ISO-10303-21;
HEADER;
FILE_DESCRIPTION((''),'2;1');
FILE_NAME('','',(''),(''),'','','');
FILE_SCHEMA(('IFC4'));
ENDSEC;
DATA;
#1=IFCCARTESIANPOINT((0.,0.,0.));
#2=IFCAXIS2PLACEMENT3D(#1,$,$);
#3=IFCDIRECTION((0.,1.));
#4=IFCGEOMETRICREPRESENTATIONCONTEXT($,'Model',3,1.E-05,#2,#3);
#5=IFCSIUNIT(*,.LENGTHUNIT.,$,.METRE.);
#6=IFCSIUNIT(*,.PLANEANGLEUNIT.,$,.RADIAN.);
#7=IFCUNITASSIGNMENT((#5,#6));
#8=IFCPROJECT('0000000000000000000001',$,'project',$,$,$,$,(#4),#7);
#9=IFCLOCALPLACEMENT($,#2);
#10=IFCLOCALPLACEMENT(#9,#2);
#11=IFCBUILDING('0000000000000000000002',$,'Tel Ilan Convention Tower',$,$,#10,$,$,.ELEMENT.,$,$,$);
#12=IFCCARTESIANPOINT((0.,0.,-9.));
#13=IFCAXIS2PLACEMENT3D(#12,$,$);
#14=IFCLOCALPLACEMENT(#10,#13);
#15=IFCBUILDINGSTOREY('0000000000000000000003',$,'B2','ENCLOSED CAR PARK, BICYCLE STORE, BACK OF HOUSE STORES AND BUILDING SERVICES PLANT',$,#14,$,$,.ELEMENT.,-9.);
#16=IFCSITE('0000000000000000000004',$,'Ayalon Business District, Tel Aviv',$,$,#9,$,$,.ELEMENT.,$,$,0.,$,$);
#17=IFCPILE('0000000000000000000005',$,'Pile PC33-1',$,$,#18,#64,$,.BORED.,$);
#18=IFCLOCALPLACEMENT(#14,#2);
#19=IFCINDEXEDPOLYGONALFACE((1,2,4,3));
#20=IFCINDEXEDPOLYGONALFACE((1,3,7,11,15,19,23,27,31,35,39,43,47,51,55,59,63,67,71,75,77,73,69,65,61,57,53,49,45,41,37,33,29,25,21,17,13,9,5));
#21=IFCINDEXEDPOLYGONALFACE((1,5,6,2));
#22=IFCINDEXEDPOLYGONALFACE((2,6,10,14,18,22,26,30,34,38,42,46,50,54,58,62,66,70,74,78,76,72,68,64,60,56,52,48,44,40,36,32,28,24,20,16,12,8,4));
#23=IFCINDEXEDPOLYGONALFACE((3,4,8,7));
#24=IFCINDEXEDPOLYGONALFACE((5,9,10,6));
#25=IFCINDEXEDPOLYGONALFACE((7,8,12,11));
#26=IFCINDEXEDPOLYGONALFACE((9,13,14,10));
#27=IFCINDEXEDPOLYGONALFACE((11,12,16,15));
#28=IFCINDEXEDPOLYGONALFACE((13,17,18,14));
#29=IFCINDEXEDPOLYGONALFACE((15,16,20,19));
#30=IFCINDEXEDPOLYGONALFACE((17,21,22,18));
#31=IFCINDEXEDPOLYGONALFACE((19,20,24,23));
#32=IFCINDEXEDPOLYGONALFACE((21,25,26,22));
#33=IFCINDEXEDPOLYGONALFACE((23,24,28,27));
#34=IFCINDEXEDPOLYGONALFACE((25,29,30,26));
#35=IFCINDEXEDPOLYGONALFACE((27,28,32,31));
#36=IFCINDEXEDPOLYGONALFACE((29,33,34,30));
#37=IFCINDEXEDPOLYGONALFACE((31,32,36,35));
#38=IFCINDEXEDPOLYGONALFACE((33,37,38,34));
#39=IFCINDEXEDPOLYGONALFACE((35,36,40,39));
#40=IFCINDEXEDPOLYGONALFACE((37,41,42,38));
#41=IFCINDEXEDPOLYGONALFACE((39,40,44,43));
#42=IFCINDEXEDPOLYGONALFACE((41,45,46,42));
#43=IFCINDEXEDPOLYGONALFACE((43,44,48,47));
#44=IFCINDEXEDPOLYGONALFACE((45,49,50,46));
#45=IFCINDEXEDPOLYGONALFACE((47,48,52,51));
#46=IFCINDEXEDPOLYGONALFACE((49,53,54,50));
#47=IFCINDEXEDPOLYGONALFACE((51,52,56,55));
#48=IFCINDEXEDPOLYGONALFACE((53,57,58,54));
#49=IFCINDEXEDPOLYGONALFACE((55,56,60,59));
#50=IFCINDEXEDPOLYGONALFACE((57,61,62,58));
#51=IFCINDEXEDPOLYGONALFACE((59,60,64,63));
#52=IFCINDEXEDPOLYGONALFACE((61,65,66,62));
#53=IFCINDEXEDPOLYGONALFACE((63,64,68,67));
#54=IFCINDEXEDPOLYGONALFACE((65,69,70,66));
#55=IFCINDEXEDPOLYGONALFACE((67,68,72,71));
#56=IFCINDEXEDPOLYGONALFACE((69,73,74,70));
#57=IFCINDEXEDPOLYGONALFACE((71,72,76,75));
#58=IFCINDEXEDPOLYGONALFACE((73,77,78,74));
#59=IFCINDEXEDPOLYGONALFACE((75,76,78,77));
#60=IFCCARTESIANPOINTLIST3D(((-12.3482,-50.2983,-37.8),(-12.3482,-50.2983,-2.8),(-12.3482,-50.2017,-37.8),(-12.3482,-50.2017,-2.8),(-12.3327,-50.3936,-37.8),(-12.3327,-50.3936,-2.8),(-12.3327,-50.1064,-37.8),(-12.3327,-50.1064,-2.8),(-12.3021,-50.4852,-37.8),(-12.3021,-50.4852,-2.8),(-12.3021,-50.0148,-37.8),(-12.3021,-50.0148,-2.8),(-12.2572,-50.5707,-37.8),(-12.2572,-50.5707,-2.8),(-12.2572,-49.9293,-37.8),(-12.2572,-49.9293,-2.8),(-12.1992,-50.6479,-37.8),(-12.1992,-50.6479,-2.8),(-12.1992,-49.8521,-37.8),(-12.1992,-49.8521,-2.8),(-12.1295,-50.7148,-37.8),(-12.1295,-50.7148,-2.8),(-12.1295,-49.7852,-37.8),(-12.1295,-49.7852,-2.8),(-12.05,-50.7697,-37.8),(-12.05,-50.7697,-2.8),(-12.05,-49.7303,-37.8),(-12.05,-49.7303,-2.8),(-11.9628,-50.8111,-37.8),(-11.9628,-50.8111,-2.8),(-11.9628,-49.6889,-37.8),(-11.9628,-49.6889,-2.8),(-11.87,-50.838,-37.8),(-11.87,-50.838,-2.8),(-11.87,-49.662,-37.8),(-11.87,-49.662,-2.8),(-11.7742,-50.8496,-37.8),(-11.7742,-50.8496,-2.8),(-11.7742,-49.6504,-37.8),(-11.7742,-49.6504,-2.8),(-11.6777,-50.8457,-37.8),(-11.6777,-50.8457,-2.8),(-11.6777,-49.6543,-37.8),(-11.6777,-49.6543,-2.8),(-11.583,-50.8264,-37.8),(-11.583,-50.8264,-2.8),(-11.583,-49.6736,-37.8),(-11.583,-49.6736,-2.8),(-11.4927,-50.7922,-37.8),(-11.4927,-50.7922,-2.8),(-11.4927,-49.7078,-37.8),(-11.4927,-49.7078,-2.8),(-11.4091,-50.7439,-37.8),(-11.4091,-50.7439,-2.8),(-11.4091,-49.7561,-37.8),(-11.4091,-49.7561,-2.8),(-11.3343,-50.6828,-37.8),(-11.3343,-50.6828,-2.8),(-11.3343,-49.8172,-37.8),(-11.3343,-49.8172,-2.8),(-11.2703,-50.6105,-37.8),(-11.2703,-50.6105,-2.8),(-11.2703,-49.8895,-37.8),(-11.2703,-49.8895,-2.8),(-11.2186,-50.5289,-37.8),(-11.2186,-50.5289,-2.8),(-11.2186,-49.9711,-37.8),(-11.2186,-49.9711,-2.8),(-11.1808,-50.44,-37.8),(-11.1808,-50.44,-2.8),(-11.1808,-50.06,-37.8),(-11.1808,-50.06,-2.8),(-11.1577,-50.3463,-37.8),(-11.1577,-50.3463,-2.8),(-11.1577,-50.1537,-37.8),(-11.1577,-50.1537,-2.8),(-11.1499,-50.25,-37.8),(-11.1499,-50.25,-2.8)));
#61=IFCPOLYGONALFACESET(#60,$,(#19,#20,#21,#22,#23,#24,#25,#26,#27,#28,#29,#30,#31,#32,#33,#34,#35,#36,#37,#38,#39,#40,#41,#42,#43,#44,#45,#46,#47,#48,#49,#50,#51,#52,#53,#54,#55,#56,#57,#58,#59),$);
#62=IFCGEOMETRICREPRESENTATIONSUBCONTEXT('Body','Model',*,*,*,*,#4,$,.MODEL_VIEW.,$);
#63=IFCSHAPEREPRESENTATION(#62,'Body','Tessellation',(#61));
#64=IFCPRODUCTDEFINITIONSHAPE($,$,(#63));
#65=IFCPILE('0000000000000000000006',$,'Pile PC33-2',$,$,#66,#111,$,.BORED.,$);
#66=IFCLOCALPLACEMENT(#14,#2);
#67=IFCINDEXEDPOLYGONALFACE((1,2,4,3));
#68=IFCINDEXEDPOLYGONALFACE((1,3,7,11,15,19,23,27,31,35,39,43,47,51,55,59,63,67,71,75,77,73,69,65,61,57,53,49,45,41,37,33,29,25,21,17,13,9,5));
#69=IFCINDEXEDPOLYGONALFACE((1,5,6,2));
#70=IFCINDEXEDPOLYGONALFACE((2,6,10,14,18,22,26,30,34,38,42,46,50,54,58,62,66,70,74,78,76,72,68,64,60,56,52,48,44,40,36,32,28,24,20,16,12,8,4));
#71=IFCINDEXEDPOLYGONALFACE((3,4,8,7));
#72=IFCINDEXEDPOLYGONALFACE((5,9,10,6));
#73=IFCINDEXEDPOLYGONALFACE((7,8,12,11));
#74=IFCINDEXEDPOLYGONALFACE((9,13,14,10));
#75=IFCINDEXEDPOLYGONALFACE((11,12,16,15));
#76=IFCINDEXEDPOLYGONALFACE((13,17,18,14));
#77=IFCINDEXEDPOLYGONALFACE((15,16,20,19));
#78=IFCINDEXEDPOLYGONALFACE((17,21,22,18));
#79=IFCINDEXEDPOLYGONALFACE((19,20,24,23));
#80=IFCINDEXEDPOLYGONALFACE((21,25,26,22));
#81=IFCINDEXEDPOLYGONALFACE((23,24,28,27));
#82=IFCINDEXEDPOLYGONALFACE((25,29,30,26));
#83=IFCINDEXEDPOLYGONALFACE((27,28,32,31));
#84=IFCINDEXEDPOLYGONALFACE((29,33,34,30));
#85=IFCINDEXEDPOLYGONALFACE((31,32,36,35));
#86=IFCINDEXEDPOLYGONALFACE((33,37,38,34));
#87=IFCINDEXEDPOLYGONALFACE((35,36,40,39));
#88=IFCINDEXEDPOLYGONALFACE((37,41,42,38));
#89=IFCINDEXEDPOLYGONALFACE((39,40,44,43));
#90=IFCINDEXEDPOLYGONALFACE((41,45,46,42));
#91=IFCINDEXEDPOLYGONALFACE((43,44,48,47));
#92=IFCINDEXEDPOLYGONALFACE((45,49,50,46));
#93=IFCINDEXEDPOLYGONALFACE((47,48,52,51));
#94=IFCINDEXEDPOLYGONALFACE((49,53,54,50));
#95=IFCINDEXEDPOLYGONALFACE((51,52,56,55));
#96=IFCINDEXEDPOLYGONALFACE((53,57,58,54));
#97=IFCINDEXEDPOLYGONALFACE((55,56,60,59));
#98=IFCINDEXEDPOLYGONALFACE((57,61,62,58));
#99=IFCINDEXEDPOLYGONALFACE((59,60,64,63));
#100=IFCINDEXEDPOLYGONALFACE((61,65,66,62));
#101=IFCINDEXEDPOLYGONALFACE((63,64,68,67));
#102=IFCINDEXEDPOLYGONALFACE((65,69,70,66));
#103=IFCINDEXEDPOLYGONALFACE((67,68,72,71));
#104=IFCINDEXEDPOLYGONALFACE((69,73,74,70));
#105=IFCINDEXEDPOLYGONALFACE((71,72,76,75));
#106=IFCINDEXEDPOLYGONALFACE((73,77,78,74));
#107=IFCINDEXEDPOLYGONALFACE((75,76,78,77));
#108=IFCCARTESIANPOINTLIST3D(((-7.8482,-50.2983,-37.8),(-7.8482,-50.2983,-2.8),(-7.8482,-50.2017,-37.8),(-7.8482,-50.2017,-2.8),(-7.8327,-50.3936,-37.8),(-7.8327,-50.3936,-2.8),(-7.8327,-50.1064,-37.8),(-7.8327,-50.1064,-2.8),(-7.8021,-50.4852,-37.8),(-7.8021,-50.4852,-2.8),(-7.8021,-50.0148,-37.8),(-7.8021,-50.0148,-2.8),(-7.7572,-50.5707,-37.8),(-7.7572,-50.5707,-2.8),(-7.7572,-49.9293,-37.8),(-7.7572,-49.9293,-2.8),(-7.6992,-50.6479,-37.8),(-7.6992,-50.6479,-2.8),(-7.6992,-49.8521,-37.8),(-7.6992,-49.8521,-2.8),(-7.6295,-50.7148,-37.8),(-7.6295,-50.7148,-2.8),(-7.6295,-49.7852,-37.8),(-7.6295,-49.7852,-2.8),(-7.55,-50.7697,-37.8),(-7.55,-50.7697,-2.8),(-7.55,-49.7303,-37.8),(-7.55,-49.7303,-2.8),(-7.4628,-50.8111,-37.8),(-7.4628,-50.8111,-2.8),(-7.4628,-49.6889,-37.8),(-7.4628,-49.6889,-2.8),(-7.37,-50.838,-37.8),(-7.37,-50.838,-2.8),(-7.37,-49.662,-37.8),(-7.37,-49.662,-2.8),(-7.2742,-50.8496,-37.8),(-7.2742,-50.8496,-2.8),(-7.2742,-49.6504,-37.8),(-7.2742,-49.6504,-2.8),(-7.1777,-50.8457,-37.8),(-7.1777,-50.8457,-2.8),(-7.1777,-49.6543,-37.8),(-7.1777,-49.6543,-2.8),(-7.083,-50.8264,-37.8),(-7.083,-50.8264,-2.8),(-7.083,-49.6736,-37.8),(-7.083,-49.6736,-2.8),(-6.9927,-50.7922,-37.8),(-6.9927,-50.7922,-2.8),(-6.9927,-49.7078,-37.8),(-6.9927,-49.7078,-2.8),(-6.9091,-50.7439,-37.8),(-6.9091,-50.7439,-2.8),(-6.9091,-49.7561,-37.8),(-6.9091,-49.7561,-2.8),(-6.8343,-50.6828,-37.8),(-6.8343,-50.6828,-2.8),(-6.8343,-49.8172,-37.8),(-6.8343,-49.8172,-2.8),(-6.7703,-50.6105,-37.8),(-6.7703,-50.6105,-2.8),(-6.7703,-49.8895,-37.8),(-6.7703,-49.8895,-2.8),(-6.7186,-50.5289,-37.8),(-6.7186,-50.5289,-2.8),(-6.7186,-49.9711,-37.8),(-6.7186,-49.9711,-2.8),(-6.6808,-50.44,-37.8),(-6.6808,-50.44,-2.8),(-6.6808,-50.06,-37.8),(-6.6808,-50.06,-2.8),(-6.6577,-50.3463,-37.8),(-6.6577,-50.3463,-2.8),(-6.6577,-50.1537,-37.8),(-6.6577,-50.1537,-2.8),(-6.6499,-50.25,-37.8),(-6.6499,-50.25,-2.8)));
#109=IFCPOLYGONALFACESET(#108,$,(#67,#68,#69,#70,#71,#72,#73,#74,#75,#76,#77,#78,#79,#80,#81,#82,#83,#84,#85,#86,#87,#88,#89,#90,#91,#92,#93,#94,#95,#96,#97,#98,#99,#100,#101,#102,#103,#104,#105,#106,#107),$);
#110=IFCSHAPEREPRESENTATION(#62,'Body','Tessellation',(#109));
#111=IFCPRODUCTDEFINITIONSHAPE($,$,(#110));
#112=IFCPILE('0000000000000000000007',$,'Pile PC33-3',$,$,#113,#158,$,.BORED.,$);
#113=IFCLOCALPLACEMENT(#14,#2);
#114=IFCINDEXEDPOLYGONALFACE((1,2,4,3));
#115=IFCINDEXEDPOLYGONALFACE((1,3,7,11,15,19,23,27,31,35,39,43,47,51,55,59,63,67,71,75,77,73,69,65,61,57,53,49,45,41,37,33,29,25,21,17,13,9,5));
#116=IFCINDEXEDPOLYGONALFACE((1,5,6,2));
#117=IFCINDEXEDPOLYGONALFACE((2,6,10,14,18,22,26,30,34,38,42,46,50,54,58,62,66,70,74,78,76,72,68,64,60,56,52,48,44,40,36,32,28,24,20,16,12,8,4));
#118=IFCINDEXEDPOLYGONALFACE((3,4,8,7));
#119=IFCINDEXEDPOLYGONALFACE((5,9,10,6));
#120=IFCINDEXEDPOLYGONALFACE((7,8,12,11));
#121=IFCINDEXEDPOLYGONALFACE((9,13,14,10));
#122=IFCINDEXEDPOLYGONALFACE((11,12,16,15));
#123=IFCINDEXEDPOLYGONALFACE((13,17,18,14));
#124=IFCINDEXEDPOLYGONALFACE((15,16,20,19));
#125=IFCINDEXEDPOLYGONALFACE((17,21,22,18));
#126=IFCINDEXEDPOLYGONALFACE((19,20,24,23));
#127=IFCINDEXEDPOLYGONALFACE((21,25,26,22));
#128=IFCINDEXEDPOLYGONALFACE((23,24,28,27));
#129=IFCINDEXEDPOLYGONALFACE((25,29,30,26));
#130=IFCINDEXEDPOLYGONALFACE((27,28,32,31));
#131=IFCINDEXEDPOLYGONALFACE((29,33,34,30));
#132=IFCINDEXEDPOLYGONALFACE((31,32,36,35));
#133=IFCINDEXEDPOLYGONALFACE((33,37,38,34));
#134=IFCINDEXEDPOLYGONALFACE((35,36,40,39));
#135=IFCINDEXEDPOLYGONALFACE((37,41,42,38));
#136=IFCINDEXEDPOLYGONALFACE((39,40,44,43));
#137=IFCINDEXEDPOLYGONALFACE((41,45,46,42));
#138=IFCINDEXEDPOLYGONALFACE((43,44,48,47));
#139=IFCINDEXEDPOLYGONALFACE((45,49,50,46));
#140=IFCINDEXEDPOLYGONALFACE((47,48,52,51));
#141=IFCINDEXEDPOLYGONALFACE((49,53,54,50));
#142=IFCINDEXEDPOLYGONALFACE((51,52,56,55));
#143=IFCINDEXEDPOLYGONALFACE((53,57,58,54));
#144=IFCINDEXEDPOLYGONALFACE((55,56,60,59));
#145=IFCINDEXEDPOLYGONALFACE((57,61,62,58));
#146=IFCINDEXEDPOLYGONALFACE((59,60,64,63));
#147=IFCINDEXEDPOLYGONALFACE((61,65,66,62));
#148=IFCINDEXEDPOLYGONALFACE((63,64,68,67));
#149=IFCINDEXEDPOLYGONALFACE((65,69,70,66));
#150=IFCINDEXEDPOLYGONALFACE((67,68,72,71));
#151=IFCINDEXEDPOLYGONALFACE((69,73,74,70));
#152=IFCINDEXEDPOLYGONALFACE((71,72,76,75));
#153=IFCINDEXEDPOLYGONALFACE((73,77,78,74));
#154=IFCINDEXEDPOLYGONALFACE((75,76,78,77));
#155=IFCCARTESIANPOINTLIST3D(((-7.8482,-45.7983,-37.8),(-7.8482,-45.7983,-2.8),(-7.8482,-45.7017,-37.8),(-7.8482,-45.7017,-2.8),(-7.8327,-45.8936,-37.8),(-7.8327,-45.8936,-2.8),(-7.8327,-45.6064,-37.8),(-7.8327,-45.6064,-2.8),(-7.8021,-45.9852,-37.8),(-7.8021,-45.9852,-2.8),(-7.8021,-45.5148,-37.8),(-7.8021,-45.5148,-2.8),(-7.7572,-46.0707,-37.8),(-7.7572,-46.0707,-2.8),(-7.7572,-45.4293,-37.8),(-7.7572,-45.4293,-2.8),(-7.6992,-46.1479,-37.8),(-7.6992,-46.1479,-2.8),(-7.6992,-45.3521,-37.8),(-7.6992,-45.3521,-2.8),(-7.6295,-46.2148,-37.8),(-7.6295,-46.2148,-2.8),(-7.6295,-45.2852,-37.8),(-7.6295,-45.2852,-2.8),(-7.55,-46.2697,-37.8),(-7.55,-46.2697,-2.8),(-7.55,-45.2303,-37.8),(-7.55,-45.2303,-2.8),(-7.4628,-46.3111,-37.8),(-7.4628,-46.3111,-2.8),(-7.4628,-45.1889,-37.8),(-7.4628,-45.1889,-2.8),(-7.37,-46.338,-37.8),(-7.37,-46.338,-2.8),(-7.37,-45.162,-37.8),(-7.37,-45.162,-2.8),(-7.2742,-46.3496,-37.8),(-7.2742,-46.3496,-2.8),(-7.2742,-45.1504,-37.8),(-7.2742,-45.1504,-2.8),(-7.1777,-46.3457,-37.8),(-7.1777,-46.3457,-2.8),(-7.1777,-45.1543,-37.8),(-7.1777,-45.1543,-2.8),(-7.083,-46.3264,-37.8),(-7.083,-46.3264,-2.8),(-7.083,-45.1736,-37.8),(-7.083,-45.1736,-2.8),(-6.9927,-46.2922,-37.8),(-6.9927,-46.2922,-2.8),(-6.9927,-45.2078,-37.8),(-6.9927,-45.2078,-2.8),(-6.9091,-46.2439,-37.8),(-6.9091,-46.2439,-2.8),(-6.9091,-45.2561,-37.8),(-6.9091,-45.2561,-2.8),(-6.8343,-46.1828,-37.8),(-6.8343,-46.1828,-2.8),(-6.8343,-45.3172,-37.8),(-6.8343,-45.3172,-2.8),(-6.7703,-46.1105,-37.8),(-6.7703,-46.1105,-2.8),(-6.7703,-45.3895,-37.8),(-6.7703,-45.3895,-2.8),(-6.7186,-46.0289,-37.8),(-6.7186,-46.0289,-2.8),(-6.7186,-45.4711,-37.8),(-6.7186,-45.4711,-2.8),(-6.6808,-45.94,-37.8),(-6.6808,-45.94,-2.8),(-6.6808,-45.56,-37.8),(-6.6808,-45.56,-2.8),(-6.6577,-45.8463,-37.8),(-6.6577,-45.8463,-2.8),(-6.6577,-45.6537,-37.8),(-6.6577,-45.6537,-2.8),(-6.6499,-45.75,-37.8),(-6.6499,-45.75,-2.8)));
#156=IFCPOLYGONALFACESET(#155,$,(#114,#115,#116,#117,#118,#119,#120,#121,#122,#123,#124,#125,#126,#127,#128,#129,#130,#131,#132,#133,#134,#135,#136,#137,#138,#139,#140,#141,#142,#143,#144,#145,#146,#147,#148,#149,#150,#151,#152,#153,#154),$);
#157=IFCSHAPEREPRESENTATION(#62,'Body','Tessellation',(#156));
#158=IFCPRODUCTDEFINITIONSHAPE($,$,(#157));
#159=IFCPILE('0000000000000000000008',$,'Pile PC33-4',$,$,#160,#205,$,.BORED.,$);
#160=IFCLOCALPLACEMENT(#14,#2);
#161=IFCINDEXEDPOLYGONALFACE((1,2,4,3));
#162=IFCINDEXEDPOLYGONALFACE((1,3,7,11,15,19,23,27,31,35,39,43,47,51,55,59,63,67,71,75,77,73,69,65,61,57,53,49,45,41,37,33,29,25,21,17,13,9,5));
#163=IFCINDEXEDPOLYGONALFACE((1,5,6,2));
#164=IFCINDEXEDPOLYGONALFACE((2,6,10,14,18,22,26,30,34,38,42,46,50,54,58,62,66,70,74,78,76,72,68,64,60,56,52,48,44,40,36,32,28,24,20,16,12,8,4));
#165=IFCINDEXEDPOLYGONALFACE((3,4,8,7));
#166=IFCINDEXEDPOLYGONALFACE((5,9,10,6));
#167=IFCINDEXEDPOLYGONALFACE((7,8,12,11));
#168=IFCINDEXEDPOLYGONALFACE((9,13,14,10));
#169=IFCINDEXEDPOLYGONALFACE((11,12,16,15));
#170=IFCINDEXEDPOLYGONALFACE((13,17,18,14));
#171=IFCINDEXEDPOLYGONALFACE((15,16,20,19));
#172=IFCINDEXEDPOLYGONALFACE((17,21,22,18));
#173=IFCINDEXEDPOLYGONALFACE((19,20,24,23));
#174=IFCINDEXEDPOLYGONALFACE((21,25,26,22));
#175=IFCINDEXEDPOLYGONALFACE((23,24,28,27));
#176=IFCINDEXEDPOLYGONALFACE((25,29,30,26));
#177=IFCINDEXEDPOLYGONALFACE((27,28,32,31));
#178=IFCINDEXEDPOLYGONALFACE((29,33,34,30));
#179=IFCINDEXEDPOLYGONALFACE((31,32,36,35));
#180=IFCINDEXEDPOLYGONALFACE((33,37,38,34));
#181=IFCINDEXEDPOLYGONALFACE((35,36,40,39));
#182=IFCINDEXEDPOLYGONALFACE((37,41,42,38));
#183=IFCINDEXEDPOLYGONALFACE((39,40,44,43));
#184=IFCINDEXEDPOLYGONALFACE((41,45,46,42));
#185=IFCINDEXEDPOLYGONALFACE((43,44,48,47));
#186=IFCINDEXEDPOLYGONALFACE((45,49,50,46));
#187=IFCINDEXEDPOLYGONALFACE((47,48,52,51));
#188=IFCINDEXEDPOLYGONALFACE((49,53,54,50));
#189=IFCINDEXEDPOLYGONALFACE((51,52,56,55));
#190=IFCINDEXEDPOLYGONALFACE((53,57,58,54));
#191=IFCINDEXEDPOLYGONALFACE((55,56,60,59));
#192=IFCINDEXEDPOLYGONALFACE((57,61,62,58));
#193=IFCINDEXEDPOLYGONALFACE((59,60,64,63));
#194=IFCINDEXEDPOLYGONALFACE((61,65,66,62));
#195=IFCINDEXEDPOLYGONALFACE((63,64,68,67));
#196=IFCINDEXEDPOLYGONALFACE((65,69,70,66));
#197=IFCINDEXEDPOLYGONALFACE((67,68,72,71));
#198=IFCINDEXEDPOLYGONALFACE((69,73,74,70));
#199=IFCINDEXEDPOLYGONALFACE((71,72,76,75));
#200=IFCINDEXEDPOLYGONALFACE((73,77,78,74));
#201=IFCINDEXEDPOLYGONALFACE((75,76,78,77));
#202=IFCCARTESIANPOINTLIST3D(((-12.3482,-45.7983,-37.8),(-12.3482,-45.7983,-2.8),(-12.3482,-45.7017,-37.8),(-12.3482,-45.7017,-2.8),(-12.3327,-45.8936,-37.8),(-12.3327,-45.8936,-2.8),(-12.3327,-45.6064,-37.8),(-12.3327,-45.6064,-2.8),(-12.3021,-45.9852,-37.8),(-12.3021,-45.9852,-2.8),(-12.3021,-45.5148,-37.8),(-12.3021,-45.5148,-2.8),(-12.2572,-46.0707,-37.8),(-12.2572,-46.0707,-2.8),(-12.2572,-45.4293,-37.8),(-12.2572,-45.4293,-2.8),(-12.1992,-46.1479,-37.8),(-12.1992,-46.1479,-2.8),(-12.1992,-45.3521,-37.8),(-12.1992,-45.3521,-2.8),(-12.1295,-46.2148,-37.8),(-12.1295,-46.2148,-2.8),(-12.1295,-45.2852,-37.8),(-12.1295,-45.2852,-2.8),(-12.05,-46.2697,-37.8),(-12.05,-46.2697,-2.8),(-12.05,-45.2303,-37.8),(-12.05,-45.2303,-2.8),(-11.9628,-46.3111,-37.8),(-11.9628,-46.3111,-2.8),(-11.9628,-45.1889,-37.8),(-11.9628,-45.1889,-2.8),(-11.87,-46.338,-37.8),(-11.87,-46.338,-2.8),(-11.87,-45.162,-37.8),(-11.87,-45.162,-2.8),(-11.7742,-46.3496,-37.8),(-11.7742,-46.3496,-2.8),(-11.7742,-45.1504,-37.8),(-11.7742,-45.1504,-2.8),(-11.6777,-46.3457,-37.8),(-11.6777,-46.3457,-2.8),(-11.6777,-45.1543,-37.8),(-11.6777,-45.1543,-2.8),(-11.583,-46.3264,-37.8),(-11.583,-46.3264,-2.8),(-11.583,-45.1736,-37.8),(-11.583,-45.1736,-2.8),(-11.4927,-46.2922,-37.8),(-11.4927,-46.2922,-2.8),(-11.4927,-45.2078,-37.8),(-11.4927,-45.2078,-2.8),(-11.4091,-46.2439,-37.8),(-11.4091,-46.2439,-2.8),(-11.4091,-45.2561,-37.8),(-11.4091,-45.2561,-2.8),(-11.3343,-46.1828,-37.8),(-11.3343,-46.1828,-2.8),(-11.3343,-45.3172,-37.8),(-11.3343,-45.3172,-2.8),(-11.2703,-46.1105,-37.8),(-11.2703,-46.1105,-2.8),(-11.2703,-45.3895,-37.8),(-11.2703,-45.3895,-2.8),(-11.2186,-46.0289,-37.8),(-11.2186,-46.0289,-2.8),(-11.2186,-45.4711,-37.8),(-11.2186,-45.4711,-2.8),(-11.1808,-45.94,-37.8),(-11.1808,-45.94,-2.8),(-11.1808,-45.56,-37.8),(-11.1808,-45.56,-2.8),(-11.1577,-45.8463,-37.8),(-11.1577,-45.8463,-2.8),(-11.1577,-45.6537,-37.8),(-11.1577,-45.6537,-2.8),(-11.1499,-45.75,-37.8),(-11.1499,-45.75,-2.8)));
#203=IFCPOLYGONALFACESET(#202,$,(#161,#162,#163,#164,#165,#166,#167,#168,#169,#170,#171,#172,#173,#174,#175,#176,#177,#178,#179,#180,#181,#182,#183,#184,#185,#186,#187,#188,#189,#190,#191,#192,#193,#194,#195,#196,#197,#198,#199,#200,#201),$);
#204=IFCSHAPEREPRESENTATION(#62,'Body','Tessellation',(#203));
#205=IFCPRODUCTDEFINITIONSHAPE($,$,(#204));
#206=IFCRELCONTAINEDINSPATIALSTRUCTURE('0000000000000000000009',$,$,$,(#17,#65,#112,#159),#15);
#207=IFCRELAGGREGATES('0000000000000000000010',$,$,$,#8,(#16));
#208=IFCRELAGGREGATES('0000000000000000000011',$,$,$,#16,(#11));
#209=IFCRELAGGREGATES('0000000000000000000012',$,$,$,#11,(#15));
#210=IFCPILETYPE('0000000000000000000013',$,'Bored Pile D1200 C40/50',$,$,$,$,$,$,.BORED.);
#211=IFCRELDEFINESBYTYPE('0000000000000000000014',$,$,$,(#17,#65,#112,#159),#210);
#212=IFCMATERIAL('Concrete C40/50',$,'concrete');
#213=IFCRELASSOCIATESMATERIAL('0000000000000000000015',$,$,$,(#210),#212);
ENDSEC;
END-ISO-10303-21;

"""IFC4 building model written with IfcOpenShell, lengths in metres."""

from ifc_helpers import new_model, si_unit, direction, frame, origin, origin_2d, place, context, subcontext, project, spatial, circle, extrude, material, material_profile, profile_set, type_object, element, save


model = new_model("IFC4")

# Units and contexts
model_context = context("Model", 3, precision=1e-05, world=origin(), true_north=direction((0.0, 1.0)))
body_context = subcontext(model_context, "Body", "Model", "MODEL_VIEW")
ifc_project = project(units=[si_unit("LENGTHUNIT", "METRE"), si_unit("PLANEANGLEUNIT", "RADIAN")], contexts=[model_context])

# Site, building, storey
site_placement = place(None, origin())
site = spatial("IfcSite", under=ifc_project, at=site_placement, Name="Ayalon Business District, Tel Aviv", CompositionType="ELEMENT", RefElevation=0.0)
building_placement = place(site_placement, origin())
building = spatial("IfcBuilding", under=site, at=building_placement, Name="Tel Ilan Convention Tower", CompositionType="ELEMENT")
storey_placement = place(building_placement, frame((0.0, 0.0, -9.0)))
storey = spatial("IfcBuildingStorey", under=building, at=storey_placement, Name="B2", Description="ENCLOSED CAR PARK, BICYCLE STORE, BACK OF HOUSE STORES AND BUILDING SERVICES PLANT", CompositionType="ELEMENT", Elevation=-9.0)

# Piles
ifc_material_1 = material(Name="Concrete C40/50", Category="concrete")
ifc_material_profile_1 = material_profile(ifc_material_1, circle(Radius=0.6001, at=origin_2d()), Name="BORED D1200")
ifc_profile_set_1 = profile_set([ifc_material_profile_1], Name="Concrete C40/50")
pile_type_1 = type_object("IfcPileType", Name="Bored Pile D1200 C40/50", PredefinedType="BORED", material=ifc_profile_set_1)
for number, where, z_axis, x_axis, name in (
    (1, (-11.75, -50.25, -2.8), (0.0, 0.0, -1.0), (1.0, 0.0, 0.0), "Pile PC33-1"),
    (2, (-7.25, -50.25, -2.8), (0.0, 0.0, -1.0), (1.0, 0.0, 0.0), "Pile PC33-2"),
    (3, (-7.25, -45.75, -2.8), (0.0, 0.0, -1.0), (1.0, 0.0, 0.0), "Pile PC33-3"),
    (4, (-11.75, -45.75, -2.8), (0.0, 0.0, -1.0), (1.0, 0.0, 0.0), "Pile PC33-4"),
):
    element("IfcPile", number, at=place(storey_placement, frame(where, z_axis=z_axis, x_axis=x_axis)), inside=storey, type_object=pile_type_1, Name=name, PredefinedType="BORED", context=body_context, shape_type="SweptSolid", body=[
        extrude(circle(Radius=0.6001, at=origin_2d()), origin(), (0.0, 0.0, 1.0), 35.0),
    ])

save(model, "model.ifc")
